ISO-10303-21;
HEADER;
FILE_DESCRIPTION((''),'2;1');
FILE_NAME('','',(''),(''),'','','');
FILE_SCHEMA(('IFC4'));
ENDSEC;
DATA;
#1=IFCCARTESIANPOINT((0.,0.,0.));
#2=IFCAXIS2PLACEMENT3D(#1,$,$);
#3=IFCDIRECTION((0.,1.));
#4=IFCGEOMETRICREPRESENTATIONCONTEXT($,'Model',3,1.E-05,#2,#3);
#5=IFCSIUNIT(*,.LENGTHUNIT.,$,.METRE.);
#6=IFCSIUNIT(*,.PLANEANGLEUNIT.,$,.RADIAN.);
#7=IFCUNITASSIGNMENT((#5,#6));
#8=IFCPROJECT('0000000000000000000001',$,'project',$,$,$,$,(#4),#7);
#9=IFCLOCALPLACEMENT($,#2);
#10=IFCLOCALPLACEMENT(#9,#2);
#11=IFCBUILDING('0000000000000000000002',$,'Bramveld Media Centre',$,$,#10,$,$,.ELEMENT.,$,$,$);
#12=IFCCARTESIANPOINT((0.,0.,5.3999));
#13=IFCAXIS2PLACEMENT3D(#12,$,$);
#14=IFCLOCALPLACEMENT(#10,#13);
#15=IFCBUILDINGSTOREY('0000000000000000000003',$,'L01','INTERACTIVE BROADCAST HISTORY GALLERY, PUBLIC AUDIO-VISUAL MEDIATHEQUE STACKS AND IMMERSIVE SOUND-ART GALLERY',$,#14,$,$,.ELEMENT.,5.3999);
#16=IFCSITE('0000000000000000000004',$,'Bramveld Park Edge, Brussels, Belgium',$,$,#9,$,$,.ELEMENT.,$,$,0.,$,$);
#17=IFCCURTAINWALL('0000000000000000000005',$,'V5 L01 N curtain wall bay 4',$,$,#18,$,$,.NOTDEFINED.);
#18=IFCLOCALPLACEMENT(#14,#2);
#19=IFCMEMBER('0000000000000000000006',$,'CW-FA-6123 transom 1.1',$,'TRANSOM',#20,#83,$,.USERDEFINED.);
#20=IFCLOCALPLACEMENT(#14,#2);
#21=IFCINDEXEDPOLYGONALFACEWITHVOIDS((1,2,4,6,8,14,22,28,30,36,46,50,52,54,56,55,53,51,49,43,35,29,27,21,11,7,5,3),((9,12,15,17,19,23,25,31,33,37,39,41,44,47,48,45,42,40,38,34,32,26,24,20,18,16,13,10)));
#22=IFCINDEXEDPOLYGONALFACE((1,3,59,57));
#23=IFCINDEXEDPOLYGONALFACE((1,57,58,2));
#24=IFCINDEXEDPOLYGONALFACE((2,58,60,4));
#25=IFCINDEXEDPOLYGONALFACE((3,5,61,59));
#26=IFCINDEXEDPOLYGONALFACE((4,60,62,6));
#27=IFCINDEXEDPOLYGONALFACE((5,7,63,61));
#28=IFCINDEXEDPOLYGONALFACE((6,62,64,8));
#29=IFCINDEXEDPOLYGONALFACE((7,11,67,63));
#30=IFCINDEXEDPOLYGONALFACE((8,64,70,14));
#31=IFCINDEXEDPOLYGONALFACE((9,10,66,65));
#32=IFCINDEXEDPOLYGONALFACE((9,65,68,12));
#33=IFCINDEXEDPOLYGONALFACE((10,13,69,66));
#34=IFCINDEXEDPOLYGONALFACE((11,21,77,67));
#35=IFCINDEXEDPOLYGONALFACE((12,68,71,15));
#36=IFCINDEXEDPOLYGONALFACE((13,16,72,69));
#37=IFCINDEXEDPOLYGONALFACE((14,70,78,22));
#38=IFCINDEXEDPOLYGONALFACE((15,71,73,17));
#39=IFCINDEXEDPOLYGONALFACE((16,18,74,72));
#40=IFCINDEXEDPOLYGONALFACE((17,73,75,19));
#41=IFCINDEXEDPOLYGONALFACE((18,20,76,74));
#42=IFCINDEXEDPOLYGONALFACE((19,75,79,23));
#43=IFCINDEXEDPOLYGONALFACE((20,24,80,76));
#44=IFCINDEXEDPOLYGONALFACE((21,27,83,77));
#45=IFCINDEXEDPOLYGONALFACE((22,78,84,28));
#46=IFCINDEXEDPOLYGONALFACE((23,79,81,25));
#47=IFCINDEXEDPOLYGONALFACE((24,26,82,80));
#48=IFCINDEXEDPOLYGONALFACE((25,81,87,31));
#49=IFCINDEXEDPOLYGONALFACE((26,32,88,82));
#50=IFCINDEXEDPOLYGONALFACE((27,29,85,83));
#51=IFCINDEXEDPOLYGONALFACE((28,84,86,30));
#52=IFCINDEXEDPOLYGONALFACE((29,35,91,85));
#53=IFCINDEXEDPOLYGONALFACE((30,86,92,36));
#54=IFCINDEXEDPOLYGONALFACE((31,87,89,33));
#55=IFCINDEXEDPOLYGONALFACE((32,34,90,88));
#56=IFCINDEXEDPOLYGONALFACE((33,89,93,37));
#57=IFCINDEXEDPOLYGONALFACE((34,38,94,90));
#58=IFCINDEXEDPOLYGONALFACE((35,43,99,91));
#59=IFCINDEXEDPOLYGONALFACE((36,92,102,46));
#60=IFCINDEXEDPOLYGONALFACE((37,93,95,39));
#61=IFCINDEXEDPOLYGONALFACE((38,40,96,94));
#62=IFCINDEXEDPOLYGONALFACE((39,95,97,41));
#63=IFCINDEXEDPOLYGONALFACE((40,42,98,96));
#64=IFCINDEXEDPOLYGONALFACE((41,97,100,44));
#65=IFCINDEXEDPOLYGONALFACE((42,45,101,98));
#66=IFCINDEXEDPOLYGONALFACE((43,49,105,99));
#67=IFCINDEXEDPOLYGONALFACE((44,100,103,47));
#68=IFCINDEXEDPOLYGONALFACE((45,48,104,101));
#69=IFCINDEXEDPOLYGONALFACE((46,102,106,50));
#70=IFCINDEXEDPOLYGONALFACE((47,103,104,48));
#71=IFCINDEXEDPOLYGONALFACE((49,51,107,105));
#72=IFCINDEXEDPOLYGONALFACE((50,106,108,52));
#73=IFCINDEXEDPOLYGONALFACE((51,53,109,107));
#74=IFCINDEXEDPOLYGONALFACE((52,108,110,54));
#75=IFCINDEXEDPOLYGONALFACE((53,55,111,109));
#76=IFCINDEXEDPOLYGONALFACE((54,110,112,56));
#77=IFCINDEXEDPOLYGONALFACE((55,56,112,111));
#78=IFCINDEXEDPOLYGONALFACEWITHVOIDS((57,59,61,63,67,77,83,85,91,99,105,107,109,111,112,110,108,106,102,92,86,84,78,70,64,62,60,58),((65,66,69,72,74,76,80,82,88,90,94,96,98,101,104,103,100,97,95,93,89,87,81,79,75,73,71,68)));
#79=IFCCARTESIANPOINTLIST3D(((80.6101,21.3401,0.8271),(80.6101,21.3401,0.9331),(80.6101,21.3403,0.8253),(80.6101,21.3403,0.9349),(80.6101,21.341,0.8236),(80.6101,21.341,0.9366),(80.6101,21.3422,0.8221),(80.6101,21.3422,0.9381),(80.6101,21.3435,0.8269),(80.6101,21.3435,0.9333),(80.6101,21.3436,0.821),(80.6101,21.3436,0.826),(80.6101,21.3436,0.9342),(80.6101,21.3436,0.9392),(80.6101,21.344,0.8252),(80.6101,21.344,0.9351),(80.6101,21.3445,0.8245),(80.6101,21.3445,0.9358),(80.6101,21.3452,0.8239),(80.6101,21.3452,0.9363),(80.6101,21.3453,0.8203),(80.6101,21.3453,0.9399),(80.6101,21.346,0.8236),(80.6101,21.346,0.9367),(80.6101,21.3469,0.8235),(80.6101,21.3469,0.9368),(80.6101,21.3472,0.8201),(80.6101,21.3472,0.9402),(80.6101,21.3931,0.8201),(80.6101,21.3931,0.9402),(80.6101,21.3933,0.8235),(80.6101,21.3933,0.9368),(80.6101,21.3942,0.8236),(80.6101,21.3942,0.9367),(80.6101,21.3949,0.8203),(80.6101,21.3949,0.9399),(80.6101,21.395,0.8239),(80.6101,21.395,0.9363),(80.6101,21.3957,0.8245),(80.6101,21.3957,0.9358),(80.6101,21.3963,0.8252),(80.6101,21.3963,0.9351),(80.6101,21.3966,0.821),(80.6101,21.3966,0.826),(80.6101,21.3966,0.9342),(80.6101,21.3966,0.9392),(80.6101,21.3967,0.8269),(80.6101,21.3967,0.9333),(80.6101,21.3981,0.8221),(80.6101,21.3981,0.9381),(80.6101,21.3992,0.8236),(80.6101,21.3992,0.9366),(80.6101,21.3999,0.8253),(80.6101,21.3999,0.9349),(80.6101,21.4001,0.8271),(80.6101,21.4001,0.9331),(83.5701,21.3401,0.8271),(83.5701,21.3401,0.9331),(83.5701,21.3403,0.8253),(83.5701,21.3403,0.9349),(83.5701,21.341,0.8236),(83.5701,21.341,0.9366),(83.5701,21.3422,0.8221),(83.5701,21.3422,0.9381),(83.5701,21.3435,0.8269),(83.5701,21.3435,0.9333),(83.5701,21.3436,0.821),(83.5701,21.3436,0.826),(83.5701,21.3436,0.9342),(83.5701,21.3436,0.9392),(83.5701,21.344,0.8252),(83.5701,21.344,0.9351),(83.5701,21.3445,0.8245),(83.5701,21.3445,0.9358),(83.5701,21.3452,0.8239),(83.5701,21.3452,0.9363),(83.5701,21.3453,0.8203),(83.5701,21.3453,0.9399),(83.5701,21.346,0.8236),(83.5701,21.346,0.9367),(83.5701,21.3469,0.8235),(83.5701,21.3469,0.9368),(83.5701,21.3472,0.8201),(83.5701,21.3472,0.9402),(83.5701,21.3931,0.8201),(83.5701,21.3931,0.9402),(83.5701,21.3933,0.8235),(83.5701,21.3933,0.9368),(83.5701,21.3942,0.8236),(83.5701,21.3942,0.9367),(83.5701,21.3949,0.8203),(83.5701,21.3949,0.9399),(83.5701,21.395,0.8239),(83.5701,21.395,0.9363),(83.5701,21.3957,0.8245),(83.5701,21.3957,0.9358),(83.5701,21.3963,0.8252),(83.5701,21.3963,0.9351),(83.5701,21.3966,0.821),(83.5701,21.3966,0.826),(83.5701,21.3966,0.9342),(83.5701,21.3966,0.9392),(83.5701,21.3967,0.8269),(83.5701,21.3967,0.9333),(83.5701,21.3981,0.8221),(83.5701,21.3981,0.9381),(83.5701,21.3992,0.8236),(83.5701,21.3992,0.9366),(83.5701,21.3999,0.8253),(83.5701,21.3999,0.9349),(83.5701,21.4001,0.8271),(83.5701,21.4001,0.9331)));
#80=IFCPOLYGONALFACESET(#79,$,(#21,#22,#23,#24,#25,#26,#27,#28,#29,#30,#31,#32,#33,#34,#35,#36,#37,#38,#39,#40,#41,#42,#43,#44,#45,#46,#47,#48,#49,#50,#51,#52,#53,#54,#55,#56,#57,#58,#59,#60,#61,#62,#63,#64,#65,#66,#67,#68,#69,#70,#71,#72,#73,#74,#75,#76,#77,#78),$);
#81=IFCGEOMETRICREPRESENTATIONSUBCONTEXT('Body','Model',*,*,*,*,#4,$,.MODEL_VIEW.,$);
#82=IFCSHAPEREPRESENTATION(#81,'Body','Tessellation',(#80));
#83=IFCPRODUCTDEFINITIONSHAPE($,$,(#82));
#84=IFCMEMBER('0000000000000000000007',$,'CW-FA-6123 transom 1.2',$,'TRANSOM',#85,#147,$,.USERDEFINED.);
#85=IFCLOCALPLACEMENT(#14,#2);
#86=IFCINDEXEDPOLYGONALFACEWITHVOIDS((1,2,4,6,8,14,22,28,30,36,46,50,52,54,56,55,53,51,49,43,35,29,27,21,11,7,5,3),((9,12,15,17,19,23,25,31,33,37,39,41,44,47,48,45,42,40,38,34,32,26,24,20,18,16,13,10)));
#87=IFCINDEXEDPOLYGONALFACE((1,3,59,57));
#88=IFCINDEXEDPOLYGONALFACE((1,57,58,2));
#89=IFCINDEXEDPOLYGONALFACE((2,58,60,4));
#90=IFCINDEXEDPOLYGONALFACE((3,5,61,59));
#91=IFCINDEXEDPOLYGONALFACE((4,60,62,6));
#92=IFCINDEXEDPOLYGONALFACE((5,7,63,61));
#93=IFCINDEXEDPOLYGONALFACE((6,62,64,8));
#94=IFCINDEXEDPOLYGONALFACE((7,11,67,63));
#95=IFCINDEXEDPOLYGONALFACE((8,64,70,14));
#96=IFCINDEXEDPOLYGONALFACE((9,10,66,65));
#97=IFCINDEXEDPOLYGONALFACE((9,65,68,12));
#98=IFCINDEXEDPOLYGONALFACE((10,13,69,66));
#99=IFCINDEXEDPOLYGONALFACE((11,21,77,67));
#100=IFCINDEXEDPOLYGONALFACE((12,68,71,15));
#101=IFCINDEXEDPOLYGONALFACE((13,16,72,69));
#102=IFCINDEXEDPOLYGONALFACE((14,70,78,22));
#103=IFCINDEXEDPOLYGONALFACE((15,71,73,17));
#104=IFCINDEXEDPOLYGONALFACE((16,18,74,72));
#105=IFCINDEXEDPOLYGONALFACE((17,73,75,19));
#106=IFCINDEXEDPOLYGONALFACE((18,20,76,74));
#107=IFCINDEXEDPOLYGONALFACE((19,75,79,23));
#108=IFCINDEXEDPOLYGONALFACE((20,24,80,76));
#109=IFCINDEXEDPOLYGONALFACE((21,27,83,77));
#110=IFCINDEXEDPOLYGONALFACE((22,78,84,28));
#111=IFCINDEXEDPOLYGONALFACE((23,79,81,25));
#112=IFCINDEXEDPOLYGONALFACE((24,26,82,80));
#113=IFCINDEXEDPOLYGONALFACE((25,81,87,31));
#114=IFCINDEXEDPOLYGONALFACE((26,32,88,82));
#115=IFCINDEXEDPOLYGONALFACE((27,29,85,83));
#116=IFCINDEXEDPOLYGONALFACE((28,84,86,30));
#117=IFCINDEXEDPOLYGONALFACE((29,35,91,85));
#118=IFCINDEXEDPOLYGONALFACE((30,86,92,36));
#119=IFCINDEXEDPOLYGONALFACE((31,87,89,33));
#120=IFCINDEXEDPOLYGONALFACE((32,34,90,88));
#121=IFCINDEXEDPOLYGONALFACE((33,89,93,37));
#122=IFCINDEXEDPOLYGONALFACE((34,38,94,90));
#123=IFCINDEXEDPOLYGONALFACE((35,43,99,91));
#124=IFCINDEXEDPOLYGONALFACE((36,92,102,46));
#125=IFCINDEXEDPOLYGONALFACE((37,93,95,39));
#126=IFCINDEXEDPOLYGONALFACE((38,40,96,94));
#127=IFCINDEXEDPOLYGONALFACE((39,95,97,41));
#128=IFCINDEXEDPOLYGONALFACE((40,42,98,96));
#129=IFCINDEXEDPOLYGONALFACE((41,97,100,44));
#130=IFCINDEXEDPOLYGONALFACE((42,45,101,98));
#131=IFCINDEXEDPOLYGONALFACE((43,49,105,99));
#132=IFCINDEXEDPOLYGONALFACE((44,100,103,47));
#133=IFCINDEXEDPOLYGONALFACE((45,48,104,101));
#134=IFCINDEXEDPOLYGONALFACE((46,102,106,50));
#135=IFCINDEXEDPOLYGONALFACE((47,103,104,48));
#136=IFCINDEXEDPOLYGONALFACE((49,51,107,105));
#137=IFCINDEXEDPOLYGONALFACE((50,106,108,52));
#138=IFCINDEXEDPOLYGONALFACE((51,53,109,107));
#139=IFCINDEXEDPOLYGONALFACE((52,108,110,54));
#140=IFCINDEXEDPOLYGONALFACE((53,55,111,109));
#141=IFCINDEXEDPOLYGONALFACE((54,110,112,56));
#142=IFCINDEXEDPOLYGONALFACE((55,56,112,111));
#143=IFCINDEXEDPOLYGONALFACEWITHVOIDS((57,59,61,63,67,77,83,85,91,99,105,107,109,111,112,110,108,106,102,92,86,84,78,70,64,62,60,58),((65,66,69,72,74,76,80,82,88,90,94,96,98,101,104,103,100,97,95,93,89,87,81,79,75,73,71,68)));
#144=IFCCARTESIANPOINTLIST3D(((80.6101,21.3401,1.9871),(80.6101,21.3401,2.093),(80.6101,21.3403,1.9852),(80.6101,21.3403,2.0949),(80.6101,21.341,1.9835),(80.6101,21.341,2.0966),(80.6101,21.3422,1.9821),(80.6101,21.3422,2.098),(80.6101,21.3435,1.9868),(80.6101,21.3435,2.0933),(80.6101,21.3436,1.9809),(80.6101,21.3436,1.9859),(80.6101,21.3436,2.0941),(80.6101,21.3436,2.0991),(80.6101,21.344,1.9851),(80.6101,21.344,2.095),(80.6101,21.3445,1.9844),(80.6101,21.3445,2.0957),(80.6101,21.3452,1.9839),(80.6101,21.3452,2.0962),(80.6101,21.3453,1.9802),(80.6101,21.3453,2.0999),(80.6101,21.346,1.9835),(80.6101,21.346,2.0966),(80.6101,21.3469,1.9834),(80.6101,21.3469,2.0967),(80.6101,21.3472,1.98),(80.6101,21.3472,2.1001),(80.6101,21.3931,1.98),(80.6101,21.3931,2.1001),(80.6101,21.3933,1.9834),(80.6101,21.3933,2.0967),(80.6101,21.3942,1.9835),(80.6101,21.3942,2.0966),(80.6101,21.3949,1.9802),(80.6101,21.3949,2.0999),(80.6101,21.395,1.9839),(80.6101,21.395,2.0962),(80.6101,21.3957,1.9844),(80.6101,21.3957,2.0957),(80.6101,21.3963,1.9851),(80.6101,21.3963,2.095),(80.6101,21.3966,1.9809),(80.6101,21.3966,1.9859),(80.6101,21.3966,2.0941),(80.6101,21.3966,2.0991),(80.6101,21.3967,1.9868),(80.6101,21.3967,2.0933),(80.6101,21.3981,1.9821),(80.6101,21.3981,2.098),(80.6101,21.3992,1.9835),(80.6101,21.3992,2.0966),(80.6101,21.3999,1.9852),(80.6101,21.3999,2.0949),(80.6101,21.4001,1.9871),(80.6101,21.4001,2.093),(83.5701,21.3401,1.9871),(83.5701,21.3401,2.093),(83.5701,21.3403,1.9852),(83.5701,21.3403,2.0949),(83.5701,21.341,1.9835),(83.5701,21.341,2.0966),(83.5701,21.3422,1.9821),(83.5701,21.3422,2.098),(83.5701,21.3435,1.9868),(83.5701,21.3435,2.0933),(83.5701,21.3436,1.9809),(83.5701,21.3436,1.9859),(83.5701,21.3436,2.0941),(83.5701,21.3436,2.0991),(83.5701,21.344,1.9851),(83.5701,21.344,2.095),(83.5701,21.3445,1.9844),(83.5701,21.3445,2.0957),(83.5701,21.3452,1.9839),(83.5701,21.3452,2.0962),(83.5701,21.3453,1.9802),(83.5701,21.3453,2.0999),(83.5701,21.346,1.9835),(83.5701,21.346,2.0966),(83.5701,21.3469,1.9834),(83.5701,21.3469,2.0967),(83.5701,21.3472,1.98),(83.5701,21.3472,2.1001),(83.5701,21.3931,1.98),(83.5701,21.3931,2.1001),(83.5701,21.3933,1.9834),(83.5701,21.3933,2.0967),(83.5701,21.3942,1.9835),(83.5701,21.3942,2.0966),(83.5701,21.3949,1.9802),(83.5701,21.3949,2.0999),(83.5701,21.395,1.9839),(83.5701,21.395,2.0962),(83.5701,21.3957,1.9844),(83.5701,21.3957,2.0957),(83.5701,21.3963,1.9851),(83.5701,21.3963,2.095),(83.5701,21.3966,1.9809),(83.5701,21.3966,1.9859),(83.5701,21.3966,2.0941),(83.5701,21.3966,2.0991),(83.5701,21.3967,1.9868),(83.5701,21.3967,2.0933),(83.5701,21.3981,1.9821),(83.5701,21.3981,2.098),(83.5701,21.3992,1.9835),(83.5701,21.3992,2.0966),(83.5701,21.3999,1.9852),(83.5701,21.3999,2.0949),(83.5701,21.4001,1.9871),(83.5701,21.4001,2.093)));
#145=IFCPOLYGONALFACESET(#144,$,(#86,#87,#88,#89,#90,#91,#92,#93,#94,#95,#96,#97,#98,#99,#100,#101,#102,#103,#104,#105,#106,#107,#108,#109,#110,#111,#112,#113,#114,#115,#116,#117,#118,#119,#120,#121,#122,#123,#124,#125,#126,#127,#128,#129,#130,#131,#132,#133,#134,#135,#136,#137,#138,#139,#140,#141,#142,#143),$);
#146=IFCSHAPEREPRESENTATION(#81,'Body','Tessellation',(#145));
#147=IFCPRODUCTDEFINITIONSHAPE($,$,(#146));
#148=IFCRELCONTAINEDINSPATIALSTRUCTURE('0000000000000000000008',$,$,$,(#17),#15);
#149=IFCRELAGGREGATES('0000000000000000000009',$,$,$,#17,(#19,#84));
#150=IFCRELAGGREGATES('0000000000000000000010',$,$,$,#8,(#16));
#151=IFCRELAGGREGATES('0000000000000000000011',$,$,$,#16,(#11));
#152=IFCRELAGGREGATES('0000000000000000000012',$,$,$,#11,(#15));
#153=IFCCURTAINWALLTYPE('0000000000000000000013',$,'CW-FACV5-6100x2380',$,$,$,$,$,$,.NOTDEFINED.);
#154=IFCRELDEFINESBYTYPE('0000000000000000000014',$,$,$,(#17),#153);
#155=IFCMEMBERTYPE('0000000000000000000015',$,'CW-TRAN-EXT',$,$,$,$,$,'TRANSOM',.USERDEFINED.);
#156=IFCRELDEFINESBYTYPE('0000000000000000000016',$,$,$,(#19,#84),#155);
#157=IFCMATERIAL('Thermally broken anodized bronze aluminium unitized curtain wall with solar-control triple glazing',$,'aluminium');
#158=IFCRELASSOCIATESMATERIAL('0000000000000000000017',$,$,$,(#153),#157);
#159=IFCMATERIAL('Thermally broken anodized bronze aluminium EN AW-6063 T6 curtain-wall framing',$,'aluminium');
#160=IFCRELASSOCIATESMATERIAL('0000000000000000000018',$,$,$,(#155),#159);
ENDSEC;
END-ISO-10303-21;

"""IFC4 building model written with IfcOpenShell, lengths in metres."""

from ifc_helpers import new_model, si_unit, direction, frame, origin, origin_2d, place, context, subcontext, project, spatial, hollow_rectangle, extrude, material, material_profile, profile_set, type_object, element, aggregate, save


model = new_model("IFC4")

# Units and contexts
model_context = context("Model", 3, precision=1e-05, world=origin(), true_north=direction((0.0, 1.0)))
body_context = subcontext(model_context, "Body", "Model", "MODEL_VIEW")
ifc_project = project(units=[si_unit("LENGTHUNIT", "METRE"), si_unit("PLANEANGLEUNIT", "RADIAN")], contexts=[model_context])

# Site, building, storey
site_placement = place(None, origin())
site = spatial("IfcSite", under=ifc_project, at=site_placement, Name="Bramveld Park Edge, Brussels, Belgium", CompositionType="ELEMENT", RefElevation=0.0)
building_placement = place(site_placement, origin())
building = spatial("IfcBuilding", under=site, at=building_placement, Name="Bramveld Media Centre", CompositionType="ELEMENT")
storey_placement = place(building_placement, frame((0.0, 0.0, 5.3999)))
storey = spatial("IfcBuildingStorey", under=building, at=storey_placement, Name="L01", Description="INTERACTIVE BROADCAST HISTORY GALLERY, PUBLIC AUDIO-VISUAL MEDIATHEQUE STACKS AND IMMERSIVE SOUND-ART GALLERY", CompositionType="ELEMENT", Elevation=5.3999)

# Curtain wall
ifc_material_1 = material(Name="Thermally broken anodized bronze aluminium unitized curtain wall with solar-control triple glazing", Category="aluminium")
curtain_wall_type = type_object("IfcCurtainWallType", Name="CW-FACV5-6100x2380", PredefinedType="NOTDEFINED", material=ifc_material_1)
curtain_wall_1_placement = place(storey_placement, origin())
curtain_wall_1 = element("IfcCurtainWall", 1, at=curtain_wall_1_placement, inside=storey, type_object=curtain_wall_type, Name="V5 L01 N curtain wall bay 4", PredefinedType="NOTDEFINED")

# Members
ifc_material_2 = material(Name="Thermally broken anodized bronze aluminium EN AW-6063 T6 curtain-wall framing", Category="aluminium")
ifc_material_profile_1 = material_profile(ifc_material_2, hollow_rectangle(XDim=0.0601, YDim=0.1201, WallThickness=0.0034, InnerFilletRadius=0.0034, OuterFilletRadius=0.0071, at=origin_2d()), Name="AL-TRAN 60x120")
ifc_profile_set_1 = profile_set([ifc_material_profile_1], Name="Thermally broken anodized bronze aluminium EN AW-6063 T6 curtain-wall framing")
member_type_1 = type_object("IfcMemberType", Name="CW-TRAN-EXT", ElementType="TRANSOM", PredefinedType="USERDEFINED", material=ifc_profile_set_1)
member_1_placement = place(storey_placement, frame((80.6101, 21.3701, 0.8801), z_axis=(1.0, 0.0, 0.0), x_axis=(0.0, 1.0, 0.0)))
member_1 = element("IfcMember", 2, at=member_1_placement, type_object=member_type_1, Name="CW-FA-6123 transom 1.1", ObjectType="TRANSOM", PredefinedType="USERDEFINED", context=body_context, shape_type="SweptSolid", body=[
    extrude(hollow_rectangle(XDim=0.0601, YDim=0.1201, WallThickness=0.0034, InnerFilletRadius=0.0034, OuterFilletRadius=0.0071, at=origin_2d()), origin(), (0.0, 0.0, 1.0), 2.96),
])
member_2_placement = place(storey_placement, frame((80.6101, 21.3701, 2.04), z_axis=(1.0, 0.0, 0.0), x_axis=(0.0, 1.0, 0.0)))
member_2 = element("IfcMember", 3, at=member_2_placement, type_object=member_type_1, Name="CW-FA-6123 transom 1.2", ObjectType="TRANSOM", PredefinedType="USERDEFINED", context=body_context, shape_type="SweptSolid", body=[
    extrude(hollow_rectangle(XDim=0.0601, YDim=0.1201, WallThickness=0.0034, InnerFilletRadius=0.0034, OuterFilletRadius=0.0071, at=origin_2d()), origin(), (0.0, 0.0, 1.0), 2.96),
])

aggregate(curtain_wall_1, [member_1, member_2])

save(model, "model.ifc")
